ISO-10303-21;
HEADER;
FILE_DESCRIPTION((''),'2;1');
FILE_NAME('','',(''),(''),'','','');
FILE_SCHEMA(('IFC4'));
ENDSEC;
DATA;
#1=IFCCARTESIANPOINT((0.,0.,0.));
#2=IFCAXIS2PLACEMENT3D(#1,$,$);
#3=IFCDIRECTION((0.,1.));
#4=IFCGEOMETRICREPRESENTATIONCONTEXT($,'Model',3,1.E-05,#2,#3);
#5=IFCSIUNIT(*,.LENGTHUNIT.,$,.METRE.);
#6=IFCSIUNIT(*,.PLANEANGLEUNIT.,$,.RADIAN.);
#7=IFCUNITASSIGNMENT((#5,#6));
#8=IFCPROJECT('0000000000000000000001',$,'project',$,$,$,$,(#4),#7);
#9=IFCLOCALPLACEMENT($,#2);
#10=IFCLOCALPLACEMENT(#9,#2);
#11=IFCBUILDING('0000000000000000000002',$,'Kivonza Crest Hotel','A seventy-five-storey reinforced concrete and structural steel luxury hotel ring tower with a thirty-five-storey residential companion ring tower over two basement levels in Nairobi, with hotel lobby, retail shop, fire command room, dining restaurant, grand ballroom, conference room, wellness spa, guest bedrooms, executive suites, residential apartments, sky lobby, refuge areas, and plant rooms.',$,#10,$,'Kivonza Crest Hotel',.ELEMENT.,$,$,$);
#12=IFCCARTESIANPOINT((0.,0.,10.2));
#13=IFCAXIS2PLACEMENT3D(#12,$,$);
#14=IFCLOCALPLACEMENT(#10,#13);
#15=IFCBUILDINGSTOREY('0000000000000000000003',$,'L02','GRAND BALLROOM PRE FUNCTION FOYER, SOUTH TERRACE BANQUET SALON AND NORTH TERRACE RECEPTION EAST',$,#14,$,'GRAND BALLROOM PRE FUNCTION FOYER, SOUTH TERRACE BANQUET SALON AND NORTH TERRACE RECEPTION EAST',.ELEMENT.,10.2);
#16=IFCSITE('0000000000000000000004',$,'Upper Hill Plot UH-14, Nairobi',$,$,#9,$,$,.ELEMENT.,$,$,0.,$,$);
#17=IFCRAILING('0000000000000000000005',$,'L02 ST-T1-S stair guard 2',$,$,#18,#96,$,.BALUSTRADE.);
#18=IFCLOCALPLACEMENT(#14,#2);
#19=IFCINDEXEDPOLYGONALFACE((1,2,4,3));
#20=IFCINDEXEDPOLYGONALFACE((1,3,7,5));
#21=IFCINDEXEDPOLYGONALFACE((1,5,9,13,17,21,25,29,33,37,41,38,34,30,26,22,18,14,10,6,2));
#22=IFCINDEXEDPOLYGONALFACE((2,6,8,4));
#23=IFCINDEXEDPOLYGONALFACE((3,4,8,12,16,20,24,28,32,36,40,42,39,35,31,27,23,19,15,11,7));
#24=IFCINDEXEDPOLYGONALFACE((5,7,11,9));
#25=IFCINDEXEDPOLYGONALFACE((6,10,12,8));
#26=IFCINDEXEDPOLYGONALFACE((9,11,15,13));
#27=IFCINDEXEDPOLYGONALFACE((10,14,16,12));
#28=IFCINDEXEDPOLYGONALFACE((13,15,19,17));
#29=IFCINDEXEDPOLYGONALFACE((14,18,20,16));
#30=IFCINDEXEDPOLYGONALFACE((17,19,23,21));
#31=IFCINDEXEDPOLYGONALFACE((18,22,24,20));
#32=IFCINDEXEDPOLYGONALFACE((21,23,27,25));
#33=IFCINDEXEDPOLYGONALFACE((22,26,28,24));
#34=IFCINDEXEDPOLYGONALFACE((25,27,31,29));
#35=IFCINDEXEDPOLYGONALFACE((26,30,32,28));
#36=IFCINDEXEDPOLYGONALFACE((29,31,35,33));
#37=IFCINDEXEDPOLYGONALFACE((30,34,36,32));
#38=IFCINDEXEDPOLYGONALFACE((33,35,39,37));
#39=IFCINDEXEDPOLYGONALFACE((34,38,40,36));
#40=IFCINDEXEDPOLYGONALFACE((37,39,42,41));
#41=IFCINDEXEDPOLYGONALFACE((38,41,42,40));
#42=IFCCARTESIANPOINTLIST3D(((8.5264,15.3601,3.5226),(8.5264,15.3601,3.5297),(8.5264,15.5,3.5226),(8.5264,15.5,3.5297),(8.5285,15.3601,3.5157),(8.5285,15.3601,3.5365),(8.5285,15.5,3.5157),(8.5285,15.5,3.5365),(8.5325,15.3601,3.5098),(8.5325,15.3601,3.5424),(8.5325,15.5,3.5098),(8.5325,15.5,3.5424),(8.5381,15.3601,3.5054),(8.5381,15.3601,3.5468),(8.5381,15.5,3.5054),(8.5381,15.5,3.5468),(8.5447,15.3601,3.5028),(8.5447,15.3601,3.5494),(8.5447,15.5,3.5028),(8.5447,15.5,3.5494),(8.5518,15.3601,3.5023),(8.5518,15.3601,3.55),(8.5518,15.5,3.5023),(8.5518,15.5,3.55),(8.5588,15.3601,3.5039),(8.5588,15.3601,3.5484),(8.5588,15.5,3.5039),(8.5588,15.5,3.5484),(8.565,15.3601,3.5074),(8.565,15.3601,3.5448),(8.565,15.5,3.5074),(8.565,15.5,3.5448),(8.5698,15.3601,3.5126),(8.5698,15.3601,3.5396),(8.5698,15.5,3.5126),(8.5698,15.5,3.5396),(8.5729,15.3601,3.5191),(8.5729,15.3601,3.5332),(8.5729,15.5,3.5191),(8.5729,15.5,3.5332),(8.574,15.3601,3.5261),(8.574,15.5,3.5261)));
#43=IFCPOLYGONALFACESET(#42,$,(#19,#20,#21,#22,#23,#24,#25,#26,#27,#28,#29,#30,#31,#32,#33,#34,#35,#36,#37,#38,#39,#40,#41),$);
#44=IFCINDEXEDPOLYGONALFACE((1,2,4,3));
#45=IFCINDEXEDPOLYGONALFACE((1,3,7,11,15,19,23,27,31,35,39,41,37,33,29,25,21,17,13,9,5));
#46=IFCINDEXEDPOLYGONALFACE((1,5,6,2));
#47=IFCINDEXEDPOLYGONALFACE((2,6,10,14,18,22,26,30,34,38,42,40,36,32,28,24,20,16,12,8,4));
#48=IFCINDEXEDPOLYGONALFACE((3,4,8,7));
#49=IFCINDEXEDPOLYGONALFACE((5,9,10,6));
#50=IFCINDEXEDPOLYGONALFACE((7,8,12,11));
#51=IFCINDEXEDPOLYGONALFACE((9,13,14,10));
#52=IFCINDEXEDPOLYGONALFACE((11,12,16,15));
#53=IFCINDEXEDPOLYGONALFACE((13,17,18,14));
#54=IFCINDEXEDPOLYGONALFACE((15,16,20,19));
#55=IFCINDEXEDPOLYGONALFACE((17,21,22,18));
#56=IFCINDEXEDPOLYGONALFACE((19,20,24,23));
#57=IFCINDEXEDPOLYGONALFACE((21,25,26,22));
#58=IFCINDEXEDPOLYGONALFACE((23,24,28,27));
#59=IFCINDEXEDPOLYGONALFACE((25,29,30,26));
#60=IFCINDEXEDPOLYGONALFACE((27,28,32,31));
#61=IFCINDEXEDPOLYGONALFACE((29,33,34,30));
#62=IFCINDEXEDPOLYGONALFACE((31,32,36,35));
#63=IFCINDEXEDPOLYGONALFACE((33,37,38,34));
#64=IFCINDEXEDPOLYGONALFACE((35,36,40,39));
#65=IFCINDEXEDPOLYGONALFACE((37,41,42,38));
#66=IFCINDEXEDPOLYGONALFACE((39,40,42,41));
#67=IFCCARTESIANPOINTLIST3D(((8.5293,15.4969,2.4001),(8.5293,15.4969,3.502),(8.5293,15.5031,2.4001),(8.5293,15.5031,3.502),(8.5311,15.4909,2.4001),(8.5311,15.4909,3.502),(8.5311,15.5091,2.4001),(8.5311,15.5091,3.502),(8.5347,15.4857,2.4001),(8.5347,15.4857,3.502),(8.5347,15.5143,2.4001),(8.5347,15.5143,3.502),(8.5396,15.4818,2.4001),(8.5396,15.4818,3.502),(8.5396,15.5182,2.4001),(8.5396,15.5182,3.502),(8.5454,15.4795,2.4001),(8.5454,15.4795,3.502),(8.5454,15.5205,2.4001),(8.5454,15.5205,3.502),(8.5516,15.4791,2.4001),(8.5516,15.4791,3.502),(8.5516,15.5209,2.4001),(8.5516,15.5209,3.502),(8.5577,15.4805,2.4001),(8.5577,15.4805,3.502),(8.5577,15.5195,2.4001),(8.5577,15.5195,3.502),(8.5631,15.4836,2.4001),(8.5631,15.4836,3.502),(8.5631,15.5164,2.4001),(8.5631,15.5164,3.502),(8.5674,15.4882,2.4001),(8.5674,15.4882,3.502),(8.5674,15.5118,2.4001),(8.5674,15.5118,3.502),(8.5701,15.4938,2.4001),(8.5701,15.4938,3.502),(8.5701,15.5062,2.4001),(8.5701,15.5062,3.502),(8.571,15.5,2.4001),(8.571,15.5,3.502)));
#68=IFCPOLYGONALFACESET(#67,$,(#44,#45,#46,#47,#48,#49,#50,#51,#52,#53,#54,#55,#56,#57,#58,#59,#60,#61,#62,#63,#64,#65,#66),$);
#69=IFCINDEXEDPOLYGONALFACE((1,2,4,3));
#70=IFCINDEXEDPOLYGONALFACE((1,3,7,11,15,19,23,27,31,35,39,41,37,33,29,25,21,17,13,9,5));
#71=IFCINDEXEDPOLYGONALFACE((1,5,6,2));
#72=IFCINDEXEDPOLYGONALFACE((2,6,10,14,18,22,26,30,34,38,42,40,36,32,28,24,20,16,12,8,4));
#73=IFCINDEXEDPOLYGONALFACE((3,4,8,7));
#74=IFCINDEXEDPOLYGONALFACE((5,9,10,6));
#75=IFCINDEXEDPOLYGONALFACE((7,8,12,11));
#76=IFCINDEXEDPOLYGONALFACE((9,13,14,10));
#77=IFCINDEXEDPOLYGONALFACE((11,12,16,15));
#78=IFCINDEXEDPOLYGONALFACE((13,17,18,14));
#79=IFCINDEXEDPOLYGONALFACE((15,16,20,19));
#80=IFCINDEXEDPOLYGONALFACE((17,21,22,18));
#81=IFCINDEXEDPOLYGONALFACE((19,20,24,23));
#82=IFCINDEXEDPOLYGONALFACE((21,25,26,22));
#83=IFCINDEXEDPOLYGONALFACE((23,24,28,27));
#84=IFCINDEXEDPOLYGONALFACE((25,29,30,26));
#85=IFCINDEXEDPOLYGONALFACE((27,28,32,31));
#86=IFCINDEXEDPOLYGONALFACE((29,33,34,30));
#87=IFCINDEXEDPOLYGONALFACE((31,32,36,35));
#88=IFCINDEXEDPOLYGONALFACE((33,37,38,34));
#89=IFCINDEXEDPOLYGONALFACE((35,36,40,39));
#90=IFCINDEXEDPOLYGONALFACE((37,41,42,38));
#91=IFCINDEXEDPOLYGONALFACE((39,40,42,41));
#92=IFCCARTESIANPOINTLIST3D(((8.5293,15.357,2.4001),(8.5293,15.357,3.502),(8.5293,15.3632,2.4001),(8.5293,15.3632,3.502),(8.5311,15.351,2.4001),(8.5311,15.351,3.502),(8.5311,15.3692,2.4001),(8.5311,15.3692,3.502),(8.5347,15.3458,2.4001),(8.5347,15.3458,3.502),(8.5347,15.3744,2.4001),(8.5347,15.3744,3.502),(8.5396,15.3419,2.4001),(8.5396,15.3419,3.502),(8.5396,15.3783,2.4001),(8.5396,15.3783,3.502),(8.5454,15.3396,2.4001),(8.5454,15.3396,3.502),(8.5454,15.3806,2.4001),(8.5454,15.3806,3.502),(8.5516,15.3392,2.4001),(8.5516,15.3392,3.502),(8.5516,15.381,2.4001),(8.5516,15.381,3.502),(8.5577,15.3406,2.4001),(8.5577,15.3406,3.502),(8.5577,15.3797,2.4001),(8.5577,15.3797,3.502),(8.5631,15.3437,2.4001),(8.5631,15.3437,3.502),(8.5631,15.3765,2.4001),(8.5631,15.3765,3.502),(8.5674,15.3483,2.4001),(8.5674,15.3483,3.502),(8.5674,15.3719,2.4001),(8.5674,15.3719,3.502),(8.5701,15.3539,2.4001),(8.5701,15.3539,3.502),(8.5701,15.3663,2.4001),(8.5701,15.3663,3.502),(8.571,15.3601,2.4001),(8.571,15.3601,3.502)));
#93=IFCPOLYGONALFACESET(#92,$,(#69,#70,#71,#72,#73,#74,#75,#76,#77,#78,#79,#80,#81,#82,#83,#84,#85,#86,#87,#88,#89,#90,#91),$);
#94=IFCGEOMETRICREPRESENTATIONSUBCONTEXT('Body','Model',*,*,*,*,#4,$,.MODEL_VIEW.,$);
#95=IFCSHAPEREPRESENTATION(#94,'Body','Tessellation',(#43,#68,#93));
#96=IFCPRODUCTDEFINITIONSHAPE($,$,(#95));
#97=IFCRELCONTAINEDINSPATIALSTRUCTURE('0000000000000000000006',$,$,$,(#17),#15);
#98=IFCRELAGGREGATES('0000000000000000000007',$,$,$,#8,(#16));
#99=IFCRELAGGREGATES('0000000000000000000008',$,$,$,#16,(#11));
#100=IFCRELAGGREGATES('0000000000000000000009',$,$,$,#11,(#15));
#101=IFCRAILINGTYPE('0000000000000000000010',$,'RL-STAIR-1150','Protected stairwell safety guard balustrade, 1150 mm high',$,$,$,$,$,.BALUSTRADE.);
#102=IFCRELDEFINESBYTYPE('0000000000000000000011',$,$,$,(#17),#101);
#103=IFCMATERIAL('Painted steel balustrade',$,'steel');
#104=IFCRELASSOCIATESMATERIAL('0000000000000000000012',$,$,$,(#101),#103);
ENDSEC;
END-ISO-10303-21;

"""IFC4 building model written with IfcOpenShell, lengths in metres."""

from ifc_helpers import new_model, si_unit, direction, frame, origin, origin_2d, place, context, subcontext, project, spatial, circle, extrude, material, type_object, element, save


model = new_model("IFC4")

# Units and contexts
model_context = context("Model", 3, precision=1e-05, world=origin(), true_north=direction((0.0, 1.0)))
body_context = subcontext(model_context, "Body", "Model", "MODEL_VIEW")
ifc_project = project(units=[si_unit("LENGTHUNIT", "METRE"), si_unit("PLANEANGLEUNIT", "RADIAN")], contexts=[model_context])

# Site, building, storey
site_placement = place(None, origin())
site = spatial("IfcSite", under=ifc_project, at=site_placement, Name="Upper Hill Plot UH-14, Nairobi", CompositionType="ELEMENT", RefElevation=0.0)
building_placement = place(site_placement, origin())
building = spatial("IfcBuilding", under=site, at=building_placement, Name="Kivonza Crest Hotel", Description="A seventy-five-storey reinforced concrete and structural steel luxury hotel ring tower with a thirty-five-storey residential companion ring tower over two basement levels in Nairobi, with hotel lobby, retail shop, fire command room, dining restaurant, grand ballroom, conference room, wellness spa, guest bedrooms, executive suites, residential apartments, sky lobby, refuge areas, and plant rooms.", LongName="Kivonza Crest Hotel", CompositionType="ELEMENT")
storey_placement = place(building_placement, frame((0.0, 0.0, 10.2)))
storey = spatial("IfcBuildingStorey", under=building, at=storey_placement, Name="L02", Description="GRAND BALLROOM PRE FUNCTION FOYER, SOUTH TERRACE BANQUET SALON AND NORTH TERRACE RECEPTION EAST", LongName="GRAND BALLROOM PRE FUNCTION FOYER, SOUTH TERRACE BANQUET SALON AND NORTH TERRACE RECEPTION EAST", CompositionType="ELEMENT", Elevation=10.2)

# Railing
ifc_material_1 = material(Name="Painted steel balustrade", Category="steel")
railing_type_1 = type_object("IfcRailingType", Name="RL-STAIR-1150", Description="Protected stairwell safety guard balustrade, 1150 mm high", PredefinedType="BALUSTRADE", material=ifc_material_1)
railing_1_placement = place(storey_placement, frame((8.55, 15.5, 2.4001)))
element("IfcRailing", 1, at=railing_1_placement, inside=storey, type_object=railing_type_1, Name="L02 ST-T1-S stair guard 2", PredefinedType="BALUSTRADE", context=body_context, shape_type="SweptSolid", body=[
    extrude(circle(Radius=0.0239, at=origin_2d()), frame((0.0, 0.0, 1.126), z_axis=(0.0, -1.0, 0.0), x_axis=(1.0, 0.0, 0.0)), (0.0, 0.0, 1.0), 0.1399),
    extrude(circle(Radius=0.021, at=origin_2d()), origin(), (0.0, 0.0, 1.0), 1.1018),
    extrude(circle(Radius=0.021, at=origin_2d()), frame((0.0, -0.1399, 0.0)), (0.0, 0.0, 1.0), 1.1018),
])

save(model, "model.ifc")
